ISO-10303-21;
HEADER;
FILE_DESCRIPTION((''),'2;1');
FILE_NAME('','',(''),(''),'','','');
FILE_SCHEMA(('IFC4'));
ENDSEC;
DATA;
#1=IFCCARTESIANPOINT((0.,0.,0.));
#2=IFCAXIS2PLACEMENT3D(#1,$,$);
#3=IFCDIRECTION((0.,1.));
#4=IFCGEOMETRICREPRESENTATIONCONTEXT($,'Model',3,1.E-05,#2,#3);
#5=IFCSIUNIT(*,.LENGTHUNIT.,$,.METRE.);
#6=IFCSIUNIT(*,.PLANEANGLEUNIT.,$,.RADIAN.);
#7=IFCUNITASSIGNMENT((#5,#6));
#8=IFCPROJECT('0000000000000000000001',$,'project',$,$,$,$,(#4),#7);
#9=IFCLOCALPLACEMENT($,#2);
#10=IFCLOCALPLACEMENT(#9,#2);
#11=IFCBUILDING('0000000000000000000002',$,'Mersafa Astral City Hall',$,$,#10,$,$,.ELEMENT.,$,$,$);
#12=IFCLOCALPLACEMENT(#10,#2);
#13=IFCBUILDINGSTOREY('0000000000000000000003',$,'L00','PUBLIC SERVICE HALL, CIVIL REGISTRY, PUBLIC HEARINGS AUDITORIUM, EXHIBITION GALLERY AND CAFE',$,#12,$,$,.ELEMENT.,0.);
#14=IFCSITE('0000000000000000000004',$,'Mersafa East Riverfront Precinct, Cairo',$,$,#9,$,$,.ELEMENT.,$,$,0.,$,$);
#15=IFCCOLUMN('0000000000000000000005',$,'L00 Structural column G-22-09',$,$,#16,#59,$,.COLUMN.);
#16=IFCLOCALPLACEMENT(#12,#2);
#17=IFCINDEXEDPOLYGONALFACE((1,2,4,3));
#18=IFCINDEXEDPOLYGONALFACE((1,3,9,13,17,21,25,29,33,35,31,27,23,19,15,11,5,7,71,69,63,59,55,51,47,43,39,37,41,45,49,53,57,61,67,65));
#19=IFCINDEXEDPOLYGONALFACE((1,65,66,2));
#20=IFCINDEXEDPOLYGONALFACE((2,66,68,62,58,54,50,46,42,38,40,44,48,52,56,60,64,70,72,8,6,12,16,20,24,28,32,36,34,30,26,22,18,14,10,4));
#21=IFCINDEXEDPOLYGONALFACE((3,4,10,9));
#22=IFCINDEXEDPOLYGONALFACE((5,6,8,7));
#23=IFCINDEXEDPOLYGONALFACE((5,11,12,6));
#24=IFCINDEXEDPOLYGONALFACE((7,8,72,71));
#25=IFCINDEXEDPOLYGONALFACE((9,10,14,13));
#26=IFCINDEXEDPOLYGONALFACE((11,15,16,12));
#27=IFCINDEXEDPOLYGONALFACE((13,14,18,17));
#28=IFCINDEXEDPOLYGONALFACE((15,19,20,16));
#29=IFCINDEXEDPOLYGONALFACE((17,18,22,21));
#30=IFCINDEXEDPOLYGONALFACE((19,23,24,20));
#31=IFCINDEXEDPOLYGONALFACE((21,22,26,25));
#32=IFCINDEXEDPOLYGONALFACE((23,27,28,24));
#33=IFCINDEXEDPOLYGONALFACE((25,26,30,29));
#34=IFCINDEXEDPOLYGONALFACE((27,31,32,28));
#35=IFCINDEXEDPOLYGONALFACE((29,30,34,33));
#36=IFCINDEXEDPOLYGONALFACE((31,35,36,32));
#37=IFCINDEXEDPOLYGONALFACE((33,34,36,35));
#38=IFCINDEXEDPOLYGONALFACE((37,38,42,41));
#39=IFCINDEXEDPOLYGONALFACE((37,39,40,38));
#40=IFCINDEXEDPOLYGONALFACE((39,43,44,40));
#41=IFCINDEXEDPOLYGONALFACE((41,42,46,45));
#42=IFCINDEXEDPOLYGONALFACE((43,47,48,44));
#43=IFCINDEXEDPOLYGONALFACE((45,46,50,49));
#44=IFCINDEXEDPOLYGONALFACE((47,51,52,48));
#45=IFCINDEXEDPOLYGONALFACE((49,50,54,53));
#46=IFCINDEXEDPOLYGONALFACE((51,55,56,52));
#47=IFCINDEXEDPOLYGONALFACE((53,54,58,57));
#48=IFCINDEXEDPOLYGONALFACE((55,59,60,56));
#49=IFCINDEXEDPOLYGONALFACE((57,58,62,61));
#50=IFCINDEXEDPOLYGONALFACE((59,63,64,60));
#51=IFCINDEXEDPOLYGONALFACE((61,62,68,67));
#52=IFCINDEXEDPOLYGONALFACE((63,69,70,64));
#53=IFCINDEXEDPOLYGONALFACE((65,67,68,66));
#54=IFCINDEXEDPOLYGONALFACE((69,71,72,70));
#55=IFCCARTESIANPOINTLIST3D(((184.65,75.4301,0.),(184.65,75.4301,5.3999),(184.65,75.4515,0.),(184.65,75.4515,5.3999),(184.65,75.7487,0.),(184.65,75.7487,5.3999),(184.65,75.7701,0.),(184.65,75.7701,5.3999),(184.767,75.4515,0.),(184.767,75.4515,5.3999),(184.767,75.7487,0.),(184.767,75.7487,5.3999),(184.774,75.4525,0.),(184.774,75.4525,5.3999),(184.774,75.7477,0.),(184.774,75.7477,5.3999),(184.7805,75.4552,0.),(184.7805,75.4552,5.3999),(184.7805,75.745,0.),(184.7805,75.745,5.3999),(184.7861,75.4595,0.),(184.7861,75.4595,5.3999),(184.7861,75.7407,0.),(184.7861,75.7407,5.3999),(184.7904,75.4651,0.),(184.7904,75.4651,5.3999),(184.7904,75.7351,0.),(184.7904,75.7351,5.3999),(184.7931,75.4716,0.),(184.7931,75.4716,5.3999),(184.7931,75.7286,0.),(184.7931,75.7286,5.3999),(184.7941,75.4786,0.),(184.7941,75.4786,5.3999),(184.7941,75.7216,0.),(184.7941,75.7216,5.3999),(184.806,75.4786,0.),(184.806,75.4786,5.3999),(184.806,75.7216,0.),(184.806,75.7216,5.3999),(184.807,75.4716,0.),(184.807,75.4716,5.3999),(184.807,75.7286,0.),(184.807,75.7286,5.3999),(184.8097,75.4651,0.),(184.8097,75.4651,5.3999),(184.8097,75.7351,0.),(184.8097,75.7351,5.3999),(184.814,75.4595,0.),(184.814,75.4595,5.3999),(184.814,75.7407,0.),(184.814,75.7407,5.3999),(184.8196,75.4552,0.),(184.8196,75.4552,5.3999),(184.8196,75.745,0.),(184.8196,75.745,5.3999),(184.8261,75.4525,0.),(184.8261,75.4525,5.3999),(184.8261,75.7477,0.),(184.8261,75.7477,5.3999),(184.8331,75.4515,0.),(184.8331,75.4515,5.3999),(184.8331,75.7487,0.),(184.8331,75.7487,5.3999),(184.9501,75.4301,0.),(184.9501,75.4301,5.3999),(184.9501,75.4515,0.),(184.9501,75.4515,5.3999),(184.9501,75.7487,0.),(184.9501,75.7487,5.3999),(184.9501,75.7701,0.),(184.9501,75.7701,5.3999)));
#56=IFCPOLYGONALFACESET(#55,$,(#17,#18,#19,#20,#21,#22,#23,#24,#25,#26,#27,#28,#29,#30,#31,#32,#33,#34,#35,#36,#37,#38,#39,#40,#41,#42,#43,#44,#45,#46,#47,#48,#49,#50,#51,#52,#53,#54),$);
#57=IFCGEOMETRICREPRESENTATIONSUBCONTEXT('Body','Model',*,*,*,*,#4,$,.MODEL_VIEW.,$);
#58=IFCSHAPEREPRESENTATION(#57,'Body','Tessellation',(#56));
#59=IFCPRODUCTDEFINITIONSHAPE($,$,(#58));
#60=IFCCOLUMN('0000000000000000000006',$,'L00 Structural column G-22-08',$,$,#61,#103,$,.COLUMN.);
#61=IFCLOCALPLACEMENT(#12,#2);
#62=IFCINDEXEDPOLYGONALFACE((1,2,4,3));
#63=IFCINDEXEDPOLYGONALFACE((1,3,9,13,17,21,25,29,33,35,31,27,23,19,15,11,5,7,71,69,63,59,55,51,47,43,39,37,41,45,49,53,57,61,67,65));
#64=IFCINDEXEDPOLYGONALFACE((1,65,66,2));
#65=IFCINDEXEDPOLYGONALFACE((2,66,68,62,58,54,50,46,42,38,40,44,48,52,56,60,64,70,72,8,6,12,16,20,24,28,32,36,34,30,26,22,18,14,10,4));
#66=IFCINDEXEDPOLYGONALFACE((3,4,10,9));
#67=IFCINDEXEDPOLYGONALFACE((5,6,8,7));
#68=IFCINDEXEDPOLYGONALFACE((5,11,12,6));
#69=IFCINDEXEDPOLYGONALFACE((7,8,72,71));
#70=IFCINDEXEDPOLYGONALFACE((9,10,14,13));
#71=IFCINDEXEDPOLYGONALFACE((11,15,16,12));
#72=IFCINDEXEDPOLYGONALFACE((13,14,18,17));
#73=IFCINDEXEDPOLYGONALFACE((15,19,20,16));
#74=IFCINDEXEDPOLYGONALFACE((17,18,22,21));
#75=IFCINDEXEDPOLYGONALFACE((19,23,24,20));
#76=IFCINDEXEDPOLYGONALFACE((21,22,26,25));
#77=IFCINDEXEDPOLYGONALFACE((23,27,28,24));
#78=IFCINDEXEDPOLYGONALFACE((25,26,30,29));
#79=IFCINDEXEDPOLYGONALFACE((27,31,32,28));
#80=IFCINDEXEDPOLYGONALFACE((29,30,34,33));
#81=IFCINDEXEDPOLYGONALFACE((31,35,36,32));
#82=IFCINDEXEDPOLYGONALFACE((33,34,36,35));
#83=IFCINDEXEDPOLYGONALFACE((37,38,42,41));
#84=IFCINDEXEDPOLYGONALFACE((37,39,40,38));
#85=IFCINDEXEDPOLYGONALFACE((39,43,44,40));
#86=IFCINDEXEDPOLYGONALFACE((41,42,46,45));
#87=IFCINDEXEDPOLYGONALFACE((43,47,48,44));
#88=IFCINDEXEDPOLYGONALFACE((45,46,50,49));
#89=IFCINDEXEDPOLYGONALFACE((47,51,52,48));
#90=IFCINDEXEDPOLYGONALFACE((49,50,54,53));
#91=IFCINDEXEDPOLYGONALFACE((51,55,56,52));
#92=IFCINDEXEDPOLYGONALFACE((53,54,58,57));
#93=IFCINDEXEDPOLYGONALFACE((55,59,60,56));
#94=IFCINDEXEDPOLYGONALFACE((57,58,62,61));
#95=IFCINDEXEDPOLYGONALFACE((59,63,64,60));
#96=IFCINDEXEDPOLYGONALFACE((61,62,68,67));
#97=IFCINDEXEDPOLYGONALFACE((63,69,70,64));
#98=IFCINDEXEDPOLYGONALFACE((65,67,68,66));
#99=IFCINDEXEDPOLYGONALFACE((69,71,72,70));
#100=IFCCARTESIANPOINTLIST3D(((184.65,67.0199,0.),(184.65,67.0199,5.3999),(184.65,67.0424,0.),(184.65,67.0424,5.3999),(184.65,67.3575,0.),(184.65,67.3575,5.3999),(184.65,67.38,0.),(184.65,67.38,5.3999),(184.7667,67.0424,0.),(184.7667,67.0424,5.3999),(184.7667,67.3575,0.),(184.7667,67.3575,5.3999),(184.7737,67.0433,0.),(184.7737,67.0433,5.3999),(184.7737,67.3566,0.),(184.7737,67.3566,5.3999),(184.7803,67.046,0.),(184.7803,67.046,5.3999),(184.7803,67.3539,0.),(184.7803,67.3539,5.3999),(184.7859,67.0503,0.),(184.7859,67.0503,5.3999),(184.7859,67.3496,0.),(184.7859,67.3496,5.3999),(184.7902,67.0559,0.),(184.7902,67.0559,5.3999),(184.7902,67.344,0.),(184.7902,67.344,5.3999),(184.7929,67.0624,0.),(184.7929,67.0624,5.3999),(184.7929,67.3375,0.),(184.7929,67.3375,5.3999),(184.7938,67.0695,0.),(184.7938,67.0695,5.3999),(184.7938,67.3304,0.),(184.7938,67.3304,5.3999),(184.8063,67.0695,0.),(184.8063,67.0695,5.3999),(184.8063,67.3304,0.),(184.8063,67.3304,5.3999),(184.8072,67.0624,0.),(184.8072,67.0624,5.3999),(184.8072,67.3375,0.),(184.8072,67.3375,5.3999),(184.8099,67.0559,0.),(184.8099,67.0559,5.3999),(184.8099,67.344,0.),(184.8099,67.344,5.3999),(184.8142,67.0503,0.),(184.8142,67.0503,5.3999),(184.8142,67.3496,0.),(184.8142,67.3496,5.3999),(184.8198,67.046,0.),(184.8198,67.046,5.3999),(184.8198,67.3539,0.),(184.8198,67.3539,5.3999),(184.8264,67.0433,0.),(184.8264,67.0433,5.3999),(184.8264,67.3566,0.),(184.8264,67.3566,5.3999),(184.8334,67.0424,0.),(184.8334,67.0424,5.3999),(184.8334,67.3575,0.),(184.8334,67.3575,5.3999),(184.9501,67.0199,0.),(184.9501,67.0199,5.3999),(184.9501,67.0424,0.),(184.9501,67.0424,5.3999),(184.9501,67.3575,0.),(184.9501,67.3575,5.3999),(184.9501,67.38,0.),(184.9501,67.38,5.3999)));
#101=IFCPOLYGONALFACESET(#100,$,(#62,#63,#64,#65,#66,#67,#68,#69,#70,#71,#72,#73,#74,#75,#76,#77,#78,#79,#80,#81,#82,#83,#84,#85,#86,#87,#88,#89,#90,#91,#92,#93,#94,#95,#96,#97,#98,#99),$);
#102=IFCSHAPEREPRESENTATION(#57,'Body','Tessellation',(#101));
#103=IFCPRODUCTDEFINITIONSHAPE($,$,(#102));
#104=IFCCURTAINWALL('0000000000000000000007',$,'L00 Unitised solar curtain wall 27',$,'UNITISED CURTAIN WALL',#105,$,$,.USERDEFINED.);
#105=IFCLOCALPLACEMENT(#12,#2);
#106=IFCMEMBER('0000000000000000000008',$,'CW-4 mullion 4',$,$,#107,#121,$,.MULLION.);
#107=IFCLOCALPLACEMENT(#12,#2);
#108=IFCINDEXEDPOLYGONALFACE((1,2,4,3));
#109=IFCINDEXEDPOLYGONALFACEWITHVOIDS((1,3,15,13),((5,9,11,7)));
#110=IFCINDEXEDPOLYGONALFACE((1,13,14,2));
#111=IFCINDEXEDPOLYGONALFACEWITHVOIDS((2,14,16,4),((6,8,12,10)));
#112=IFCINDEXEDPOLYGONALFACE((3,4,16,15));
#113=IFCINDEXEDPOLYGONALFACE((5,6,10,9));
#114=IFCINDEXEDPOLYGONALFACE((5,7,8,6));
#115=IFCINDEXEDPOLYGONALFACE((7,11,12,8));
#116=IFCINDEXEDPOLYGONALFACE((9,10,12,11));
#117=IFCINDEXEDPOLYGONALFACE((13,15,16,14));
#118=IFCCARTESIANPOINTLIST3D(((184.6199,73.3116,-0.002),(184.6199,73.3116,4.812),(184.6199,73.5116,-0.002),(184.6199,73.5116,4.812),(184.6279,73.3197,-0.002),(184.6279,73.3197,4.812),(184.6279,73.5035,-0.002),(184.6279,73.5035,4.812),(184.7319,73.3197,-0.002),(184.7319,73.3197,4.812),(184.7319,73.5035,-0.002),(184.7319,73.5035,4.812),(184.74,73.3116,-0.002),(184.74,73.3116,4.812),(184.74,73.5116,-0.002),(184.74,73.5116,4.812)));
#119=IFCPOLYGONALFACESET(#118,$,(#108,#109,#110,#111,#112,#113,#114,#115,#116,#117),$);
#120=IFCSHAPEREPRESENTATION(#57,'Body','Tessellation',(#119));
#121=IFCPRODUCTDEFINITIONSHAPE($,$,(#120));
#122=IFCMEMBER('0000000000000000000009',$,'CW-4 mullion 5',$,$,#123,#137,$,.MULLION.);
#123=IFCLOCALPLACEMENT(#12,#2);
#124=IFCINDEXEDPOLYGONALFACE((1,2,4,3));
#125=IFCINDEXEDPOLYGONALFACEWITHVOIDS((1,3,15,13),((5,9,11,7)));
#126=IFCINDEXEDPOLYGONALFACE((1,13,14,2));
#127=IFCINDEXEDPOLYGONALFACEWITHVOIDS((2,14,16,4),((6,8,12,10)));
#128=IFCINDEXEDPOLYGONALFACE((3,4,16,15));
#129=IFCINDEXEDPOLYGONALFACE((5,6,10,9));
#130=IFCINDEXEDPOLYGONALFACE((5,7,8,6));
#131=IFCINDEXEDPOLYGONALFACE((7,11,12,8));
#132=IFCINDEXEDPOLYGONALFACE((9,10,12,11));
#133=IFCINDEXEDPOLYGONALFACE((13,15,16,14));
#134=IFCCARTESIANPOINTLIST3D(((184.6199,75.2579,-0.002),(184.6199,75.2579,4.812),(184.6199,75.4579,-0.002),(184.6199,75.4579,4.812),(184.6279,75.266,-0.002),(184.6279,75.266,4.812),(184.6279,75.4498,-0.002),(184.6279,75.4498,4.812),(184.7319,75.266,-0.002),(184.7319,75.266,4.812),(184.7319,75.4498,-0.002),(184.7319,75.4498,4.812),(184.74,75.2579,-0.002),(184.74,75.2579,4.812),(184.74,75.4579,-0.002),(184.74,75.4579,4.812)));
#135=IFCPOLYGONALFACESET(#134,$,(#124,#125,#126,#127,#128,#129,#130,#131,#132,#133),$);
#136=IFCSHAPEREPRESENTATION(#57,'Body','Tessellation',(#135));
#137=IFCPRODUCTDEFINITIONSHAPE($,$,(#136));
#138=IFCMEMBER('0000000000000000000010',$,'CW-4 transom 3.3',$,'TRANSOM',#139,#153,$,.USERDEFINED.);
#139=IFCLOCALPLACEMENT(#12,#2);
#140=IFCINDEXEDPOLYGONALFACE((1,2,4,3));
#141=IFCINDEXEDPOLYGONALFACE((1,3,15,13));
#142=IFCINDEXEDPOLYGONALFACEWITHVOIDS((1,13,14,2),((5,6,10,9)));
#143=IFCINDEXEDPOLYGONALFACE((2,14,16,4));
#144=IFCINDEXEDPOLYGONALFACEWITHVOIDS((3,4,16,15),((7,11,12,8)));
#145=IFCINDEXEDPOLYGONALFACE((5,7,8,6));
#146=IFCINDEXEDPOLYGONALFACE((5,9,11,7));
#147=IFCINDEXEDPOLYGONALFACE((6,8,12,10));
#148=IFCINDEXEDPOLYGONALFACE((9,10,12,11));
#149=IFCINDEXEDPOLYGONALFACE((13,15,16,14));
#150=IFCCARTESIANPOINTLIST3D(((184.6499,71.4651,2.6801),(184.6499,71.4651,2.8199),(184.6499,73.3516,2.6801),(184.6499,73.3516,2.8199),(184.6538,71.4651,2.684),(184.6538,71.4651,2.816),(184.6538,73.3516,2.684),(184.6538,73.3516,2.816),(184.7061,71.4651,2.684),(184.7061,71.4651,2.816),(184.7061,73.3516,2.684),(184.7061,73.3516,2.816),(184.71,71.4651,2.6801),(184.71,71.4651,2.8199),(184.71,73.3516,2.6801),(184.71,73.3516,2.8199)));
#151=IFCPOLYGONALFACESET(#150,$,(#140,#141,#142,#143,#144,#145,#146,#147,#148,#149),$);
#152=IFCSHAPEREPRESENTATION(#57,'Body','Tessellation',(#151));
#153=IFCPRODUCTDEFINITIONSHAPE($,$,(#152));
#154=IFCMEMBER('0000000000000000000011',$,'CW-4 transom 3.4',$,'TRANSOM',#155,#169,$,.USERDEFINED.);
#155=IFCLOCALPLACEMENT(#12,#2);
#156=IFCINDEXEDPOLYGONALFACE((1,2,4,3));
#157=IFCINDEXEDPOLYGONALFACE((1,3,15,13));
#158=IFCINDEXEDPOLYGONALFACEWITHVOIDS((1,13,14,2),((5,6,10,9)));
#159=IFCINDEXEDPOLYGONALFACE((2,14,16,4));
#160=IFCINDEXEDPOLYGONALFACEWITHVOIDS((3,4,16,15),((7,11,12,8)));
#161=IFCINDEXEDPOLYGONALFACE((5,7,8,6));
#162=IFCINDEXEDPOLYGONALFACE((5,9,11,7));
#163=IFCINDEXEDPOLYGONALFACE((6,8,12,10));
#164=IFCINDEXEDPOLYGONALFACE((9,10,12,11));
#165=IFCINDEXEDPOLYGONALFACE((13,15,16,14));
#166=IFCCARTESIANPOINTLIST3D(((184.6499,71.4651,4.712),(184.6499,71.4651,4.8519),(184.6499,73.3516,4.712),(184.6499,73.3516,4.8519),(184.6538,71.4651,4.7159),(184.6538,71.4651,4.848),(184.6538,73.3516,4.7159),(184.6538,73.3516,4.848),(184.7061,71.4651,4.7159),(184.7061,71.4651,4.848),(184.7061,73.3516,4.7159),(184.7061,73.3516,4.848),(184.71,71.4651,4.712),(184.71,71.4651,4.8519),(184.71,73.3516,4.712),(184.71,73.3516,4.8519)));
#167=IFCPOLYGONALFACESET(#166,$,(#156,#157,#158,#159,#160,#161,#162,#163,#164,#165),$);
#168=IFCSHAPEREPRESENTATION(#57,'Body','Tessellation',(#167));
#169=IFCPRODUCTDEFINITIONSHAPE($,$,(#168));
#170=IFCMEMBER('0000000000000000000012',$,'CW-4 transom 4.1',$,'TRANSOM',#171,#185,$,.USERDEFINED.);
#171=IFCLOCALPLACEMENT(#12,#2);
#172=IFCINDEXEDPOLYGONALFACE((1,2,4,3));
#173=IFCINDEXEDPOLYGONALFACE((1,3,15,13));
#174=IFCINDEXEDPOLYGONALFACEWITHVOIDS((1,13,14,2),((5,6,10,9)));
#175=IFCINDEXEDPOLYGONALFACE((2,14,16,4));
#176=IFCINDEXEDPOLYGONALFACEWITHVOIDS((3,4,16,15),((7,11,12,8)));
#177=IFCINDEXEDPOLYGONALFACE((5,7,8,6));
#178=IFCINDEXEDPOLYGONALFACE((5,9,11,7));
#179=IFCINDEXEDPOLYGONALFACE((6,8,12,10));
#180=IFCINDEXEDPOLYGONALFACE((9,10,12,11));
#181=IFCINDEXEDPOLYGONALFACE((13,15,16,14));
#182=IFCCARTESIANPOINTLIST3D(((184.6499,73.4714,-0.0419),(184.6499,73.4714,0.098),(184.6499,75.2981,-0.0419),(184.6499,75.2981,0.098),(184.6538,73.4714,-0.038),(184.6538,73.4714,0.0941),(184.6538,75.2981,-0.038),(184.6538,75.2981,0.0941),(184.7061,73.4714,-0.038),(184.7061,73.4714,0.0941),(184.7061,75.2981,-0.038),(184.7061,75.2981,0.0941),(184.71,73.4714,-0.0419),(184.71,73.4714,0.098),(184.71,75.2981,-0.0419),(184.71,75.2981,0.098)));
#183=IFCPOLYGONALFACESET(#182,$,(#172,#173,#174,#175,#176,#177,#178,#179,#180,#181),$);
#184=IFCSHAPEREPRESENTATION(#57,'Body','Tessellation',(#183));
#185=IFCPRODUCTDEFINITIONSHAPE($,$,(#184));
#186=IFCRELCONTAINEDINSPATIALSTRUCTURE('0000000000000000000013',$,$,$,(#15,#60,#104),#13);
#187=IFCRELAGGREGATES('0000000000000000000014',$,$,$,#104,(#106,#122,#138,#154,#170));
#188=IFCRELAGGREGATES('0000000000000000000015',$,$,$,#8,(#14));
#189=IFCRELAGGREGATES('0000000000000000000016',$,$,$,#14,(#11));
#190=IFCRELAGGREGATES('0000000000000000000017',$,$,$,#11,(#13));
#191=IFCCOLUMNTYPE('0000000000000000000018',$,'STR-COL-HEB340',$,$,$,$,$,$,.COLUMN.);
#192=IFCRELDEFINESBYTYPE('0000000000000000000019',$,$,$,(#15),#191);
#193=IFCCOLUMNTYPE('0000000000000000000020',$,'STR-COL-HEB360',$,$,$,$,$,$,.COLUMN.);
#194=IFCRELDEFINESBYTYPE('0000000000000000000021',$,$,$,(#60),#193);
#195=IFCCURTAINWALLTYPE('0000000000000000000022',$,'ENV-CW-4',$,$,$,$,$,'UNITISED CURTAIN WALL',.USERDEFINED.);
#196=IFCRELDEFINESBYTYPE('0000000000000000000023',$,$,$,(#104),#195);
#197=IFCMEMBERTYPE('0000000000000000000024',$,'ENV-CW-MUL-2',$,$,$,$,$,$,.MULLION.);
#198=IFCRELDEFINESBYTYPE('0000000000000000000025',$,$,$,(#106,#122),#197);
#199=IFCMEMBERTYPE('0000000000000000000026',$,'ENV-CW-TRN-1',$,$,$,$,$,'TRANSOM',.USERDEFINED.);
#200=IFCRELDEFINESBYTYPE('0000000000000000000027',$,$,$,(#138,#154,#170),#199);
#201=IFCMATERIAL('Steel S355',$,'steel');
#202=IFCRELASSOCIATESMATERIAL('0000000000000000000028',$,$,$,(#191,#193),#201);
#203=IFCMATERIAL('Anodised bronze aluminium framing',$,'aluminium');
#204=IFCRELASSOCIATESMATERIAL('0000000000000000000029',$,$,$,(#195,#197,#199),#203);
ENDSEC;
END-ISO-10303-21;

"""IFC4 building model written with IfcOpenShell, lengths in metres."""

from ifc_helpers import new_model, si_unit, direction, frame, origin, origin_2d, place, context, subcontext, project, spatial, hollow_rectangle, i_section, extrude, material, material_profile, profile_set, type_object, element, aggregate, save


model = new_model("IFC4")

# Units and contexts
model_context = context("Model", 3, precision=1e-05, world=origin(), true_north=direction((0.0, 1.0)))
body_context = subcontext(model_context, "Body", "Model", "MODEL_VIEW")
ifc_project = project(units=[si_unit("LENGTHUNIT", "METRE"), si_unit("PLANEANGLEUNIT", "RADIAN")], contexts=[model_context])

# Site, building, storey
site_placement = place(None, origin())
site = spatial("IfcSite", under=ifc_project, at=site_placement, Name="Mersafa East Riverfront Precinct, Cairo", CompositionType="ELEMENT", RefElevation=0.0)
building_placement = place(site_placement, origin())
building = spatial("IfcBuilding", under=site, at=building_placement, Name="Mersafa Astral City Hall", CompositionType="ELEMENT")
storey_placement = place(building_placement, origin())
storey = spatial("IfcBuildingStorey", under=building, at=storey_placement, Name="L00", Description="PUBLIC SERVICE HALL, CIVIL REGISTRY, PUBLIC HEARINGS AUDITORIUM, EXHIBITION GALLERY AND CAFE", CompositionType="ELEMENT", Elevation=0.0)

# Columns
ifc_material_1 = material(Name="Steel S355", Category="steel")
ifc_material_profile_1 = material_profile(ifc_material_1, i_section(OverallWidth=0.3, OverallDepth=0.3401, WebThickness=0.012, FlangeThickness=0.0215, FilletRadius=0.0271, at=origin_2d()), Name="HEB 340")
ifc_profile_set_1 = profile_set([ifc_material_profile_1], Name="Steel S355")
column_type_1 = type_object("IfcColumnType", Name="STR-COL-HEB340", PredefinedType="COLUMN", material=ifc_profile_set_1)
column_1_placement = place(storey_placement, frame((184.8, 75.6001, 0.0), z_axis=(0.0, 0.0, 1.0), x_axis=(1.0, 0.0, 0.0)))
element("IfcColumn", 1, at=column_1_placement, inside=storey, type_object=column_type_1, Name="L00 Structural column G-22-09", PredefinedType="COLUMN", context=body_context, shape_type="SweptSolid", body=[
    extrude(i_section(OverallWidth=0.3, OverallDepth=0.3401, WebThickness=0.012, FlangeThickness=0.0215, FilletRadius=0.0271, at=origin_2d()), origin(), (0.0, 0.0, 1.0), 5.3999),
])
ifc_material_profile_2 = material_profile(ifc_material_1, i_section(OverallWidth=0.3, OverallDepth=0.3601, WebThickness=0.0125, FlangeThickness=0.0225, FilletRadius=0.0271, at=origin_2d()), Name="HEB 360")
ifc_profile_set_2 = profile_set([ifc_material_profile_2], Name="Steel S355")
column_type_2 = type_object("IfcColumnType", Name="STR-COL-HEB360", PredefinedType="COLUMN", material=ifc_profile_set_2)
column_2_placement = place(storey_placement, frame((184.8, 67.2, 0.0), z_axis=(0.0, 0.0, 1.0), x_axis=(1.0, 0.0, 0.0)))
element("IfcColumn", 2, at=column_2_placement, inside=storey, type_object=column_type_2, Name="L00 Structural column G-22-08", PredefinedType="COLUMN", context=body_context, shape_type="SweptSolid", body=[
    extrude(i_section(OverallWidth=0.3, OverallDepth=0.3601, WebThickness=0.0125, FlangeThickness=0.0225, FilletRadius=0.0271, at=origin_2d()), origin(), (0.0, 0.0, 1.0), 5.3999),
])

# Curtain wall, members
ifc_material_2 = material(Name="Anodised bronze aluminium framing", Category="aluminium")
curtain_wall_type = type_object("IfcCurtainWallType", Name="ENV-CW-4", ElementType="UNITISED CURTAIN WALL", PredefinedType="USERDEFINED", material=ifc_material_2)
curtain_wall_placement = place(storey_placement, origin())
curtain_wall = element("IfcCurtainWall", 3, at=curtain_wall_placement, inside=storey, type_object=curtain_wall_type, Name="L00 Unitised solar curtain wall 27", ObjectType="UNITISED CURTAIN WALL", PredefinedType="USERDEFINED")
ifc_material_profile_3 = material_profile(ifc_material_2, hollow_rectangle(XDim=0.1201, YDim=0.2, WallThickness=0.0081, at=origin_2d()), Name="RHS 120x200x8")
ifc_profile_set_3 = profile_set([ifc_material_profile_3], Name="Anodised bronze aluminium framing")
member_type_1 = type_object("IfcMemberType", Name="ENV-CW-MUL-2", PredefinedType="MULLION", material=ifc_profile_set_3)
member_1_placement = place(storey_placement, frame((184.6799, 73.4116, -0.002), z_axis=(0.0, 0.0, 1.0), x_axis=(-1.0, 0.0, 0.0)))
member_1 = element("IfcMember", 4, at=member_1_placement, type_object=member_type_1, Name="CW-4 mullion 4", PredefinedType="MULLION", context=body_context, shape_type="SweptSolid", body=[
    extrude(hollow_rectangle(XDim=0.1201, YDim=0.2, WallThickness=0.0081, at=origin_2d()), origin(), (0.0, 0.0, 1.0), 4.814),
])
member_2_placement = place(storey_placement, frame((184.6799, 75.3579, -0.002), z_axis=(0.0, 0.0, 1.0), x_axis=(-1.0, 0.0, 0.0)))
member_2 = element("IfcMember", 5, at=member_2_placement, type_object=member_type_1, Name="CW-4 mullion 5", PredefinedType="MULLION", context=body_context, shape_type="SweptSolid", body=[
    extrude(hollow_rectangle(XDim=0.1201, YDim=0.2, WallThickness=0.0081, at=origin_2d()), origin(), (0.0, 0.0, 1.0), 4.814),
])
ifc_material_profile_4 = material_profile(ifc_material_2, hollow_rectangle(XDim=0.0601, YDim=0.1399, WallThickness=0.0039, at=origin_2d()), Name="RHS 60x140x4")
ifc_profile_set_4 = profile_set([ifc_material_profile_4], Name="Anodised bronze aluminium framing")
member_type_2 = type_object("IfcMemberType", Name="ENV-CW-TRN-1", ElementType="TRANSOM", PredefinedType="USERDEFINED", material=ifc_profile_set_4)
member_3_placement = place(storey_placement, frame((184.6799, 71.4651, 2.75), z_axis=(0.0, 1.0, 0.0), x_axis=(-1.0, 0.0, 0.0)))
member_3 = element("IfcMember", 6, at=member_3_placement, type_object=member_type_2, Name="CW-4 transom 3.3", ObjectType="TRANSOM", PredefinedType="USERDEFINED", context=body_context, shape_type="SweptSolid", body=[
    extrude(hollow_rectangle(XDim=0.0601, YDim=0.1399, WallThickness=0.0039, at=origin_2d()), origin(), (0.0, 0.0, 1.0), 1.8865),
])
member_4_placement = place(storey_placement, frame((184.6799, 71.4651, 4.782), z_axis=(0.0, 1.0, 0.0), x_axis=(-1.0, 0.0, 0.0)))
member_4 = element("IfcMember", 7, at=member_4_placement, type_object=member_type_2, Name="CW-4 transom 3.4", ObjectType="TRANSOM", PredefinedType="USERDEFINED", context=body_context, shape_type="SweptSolid", body=[
    extrude(hollow_rectangle(XDim=0.0601, YDim=0.1399, WallThickness=0.0039, at=origin_2d()), origin(), (0.0, 0.0, 1.0), 1.8865),
])
member_5_placement = place(storey_placement, frame((184.6799, 73.4714, 0.0281), z_axis=(0.0, 1.0, 0.0), x_axis=(-1.0, 0.0, 0.0)))
member_5 = element("IfcMember", 8, at=member_5_placement, type_object=member_type_2, Name="CW-4 transom 4.1", ObjectType="TRANSOM", PredefinedType="USERDEFINED", context=body_context, shape_type="SweptSolid", body=[
    extrude(hollow_rectangle(XDim=0.0601, YDim=0.1399, WallThickness=0.0039, at=origin_2d()), origin(), (0.0, 0.0, 1.0), 1.8267),
])

aggregate(curtain_wall, [member_1, member_2, member_3, member_4, member_5])

save(model, "model.ifc")
